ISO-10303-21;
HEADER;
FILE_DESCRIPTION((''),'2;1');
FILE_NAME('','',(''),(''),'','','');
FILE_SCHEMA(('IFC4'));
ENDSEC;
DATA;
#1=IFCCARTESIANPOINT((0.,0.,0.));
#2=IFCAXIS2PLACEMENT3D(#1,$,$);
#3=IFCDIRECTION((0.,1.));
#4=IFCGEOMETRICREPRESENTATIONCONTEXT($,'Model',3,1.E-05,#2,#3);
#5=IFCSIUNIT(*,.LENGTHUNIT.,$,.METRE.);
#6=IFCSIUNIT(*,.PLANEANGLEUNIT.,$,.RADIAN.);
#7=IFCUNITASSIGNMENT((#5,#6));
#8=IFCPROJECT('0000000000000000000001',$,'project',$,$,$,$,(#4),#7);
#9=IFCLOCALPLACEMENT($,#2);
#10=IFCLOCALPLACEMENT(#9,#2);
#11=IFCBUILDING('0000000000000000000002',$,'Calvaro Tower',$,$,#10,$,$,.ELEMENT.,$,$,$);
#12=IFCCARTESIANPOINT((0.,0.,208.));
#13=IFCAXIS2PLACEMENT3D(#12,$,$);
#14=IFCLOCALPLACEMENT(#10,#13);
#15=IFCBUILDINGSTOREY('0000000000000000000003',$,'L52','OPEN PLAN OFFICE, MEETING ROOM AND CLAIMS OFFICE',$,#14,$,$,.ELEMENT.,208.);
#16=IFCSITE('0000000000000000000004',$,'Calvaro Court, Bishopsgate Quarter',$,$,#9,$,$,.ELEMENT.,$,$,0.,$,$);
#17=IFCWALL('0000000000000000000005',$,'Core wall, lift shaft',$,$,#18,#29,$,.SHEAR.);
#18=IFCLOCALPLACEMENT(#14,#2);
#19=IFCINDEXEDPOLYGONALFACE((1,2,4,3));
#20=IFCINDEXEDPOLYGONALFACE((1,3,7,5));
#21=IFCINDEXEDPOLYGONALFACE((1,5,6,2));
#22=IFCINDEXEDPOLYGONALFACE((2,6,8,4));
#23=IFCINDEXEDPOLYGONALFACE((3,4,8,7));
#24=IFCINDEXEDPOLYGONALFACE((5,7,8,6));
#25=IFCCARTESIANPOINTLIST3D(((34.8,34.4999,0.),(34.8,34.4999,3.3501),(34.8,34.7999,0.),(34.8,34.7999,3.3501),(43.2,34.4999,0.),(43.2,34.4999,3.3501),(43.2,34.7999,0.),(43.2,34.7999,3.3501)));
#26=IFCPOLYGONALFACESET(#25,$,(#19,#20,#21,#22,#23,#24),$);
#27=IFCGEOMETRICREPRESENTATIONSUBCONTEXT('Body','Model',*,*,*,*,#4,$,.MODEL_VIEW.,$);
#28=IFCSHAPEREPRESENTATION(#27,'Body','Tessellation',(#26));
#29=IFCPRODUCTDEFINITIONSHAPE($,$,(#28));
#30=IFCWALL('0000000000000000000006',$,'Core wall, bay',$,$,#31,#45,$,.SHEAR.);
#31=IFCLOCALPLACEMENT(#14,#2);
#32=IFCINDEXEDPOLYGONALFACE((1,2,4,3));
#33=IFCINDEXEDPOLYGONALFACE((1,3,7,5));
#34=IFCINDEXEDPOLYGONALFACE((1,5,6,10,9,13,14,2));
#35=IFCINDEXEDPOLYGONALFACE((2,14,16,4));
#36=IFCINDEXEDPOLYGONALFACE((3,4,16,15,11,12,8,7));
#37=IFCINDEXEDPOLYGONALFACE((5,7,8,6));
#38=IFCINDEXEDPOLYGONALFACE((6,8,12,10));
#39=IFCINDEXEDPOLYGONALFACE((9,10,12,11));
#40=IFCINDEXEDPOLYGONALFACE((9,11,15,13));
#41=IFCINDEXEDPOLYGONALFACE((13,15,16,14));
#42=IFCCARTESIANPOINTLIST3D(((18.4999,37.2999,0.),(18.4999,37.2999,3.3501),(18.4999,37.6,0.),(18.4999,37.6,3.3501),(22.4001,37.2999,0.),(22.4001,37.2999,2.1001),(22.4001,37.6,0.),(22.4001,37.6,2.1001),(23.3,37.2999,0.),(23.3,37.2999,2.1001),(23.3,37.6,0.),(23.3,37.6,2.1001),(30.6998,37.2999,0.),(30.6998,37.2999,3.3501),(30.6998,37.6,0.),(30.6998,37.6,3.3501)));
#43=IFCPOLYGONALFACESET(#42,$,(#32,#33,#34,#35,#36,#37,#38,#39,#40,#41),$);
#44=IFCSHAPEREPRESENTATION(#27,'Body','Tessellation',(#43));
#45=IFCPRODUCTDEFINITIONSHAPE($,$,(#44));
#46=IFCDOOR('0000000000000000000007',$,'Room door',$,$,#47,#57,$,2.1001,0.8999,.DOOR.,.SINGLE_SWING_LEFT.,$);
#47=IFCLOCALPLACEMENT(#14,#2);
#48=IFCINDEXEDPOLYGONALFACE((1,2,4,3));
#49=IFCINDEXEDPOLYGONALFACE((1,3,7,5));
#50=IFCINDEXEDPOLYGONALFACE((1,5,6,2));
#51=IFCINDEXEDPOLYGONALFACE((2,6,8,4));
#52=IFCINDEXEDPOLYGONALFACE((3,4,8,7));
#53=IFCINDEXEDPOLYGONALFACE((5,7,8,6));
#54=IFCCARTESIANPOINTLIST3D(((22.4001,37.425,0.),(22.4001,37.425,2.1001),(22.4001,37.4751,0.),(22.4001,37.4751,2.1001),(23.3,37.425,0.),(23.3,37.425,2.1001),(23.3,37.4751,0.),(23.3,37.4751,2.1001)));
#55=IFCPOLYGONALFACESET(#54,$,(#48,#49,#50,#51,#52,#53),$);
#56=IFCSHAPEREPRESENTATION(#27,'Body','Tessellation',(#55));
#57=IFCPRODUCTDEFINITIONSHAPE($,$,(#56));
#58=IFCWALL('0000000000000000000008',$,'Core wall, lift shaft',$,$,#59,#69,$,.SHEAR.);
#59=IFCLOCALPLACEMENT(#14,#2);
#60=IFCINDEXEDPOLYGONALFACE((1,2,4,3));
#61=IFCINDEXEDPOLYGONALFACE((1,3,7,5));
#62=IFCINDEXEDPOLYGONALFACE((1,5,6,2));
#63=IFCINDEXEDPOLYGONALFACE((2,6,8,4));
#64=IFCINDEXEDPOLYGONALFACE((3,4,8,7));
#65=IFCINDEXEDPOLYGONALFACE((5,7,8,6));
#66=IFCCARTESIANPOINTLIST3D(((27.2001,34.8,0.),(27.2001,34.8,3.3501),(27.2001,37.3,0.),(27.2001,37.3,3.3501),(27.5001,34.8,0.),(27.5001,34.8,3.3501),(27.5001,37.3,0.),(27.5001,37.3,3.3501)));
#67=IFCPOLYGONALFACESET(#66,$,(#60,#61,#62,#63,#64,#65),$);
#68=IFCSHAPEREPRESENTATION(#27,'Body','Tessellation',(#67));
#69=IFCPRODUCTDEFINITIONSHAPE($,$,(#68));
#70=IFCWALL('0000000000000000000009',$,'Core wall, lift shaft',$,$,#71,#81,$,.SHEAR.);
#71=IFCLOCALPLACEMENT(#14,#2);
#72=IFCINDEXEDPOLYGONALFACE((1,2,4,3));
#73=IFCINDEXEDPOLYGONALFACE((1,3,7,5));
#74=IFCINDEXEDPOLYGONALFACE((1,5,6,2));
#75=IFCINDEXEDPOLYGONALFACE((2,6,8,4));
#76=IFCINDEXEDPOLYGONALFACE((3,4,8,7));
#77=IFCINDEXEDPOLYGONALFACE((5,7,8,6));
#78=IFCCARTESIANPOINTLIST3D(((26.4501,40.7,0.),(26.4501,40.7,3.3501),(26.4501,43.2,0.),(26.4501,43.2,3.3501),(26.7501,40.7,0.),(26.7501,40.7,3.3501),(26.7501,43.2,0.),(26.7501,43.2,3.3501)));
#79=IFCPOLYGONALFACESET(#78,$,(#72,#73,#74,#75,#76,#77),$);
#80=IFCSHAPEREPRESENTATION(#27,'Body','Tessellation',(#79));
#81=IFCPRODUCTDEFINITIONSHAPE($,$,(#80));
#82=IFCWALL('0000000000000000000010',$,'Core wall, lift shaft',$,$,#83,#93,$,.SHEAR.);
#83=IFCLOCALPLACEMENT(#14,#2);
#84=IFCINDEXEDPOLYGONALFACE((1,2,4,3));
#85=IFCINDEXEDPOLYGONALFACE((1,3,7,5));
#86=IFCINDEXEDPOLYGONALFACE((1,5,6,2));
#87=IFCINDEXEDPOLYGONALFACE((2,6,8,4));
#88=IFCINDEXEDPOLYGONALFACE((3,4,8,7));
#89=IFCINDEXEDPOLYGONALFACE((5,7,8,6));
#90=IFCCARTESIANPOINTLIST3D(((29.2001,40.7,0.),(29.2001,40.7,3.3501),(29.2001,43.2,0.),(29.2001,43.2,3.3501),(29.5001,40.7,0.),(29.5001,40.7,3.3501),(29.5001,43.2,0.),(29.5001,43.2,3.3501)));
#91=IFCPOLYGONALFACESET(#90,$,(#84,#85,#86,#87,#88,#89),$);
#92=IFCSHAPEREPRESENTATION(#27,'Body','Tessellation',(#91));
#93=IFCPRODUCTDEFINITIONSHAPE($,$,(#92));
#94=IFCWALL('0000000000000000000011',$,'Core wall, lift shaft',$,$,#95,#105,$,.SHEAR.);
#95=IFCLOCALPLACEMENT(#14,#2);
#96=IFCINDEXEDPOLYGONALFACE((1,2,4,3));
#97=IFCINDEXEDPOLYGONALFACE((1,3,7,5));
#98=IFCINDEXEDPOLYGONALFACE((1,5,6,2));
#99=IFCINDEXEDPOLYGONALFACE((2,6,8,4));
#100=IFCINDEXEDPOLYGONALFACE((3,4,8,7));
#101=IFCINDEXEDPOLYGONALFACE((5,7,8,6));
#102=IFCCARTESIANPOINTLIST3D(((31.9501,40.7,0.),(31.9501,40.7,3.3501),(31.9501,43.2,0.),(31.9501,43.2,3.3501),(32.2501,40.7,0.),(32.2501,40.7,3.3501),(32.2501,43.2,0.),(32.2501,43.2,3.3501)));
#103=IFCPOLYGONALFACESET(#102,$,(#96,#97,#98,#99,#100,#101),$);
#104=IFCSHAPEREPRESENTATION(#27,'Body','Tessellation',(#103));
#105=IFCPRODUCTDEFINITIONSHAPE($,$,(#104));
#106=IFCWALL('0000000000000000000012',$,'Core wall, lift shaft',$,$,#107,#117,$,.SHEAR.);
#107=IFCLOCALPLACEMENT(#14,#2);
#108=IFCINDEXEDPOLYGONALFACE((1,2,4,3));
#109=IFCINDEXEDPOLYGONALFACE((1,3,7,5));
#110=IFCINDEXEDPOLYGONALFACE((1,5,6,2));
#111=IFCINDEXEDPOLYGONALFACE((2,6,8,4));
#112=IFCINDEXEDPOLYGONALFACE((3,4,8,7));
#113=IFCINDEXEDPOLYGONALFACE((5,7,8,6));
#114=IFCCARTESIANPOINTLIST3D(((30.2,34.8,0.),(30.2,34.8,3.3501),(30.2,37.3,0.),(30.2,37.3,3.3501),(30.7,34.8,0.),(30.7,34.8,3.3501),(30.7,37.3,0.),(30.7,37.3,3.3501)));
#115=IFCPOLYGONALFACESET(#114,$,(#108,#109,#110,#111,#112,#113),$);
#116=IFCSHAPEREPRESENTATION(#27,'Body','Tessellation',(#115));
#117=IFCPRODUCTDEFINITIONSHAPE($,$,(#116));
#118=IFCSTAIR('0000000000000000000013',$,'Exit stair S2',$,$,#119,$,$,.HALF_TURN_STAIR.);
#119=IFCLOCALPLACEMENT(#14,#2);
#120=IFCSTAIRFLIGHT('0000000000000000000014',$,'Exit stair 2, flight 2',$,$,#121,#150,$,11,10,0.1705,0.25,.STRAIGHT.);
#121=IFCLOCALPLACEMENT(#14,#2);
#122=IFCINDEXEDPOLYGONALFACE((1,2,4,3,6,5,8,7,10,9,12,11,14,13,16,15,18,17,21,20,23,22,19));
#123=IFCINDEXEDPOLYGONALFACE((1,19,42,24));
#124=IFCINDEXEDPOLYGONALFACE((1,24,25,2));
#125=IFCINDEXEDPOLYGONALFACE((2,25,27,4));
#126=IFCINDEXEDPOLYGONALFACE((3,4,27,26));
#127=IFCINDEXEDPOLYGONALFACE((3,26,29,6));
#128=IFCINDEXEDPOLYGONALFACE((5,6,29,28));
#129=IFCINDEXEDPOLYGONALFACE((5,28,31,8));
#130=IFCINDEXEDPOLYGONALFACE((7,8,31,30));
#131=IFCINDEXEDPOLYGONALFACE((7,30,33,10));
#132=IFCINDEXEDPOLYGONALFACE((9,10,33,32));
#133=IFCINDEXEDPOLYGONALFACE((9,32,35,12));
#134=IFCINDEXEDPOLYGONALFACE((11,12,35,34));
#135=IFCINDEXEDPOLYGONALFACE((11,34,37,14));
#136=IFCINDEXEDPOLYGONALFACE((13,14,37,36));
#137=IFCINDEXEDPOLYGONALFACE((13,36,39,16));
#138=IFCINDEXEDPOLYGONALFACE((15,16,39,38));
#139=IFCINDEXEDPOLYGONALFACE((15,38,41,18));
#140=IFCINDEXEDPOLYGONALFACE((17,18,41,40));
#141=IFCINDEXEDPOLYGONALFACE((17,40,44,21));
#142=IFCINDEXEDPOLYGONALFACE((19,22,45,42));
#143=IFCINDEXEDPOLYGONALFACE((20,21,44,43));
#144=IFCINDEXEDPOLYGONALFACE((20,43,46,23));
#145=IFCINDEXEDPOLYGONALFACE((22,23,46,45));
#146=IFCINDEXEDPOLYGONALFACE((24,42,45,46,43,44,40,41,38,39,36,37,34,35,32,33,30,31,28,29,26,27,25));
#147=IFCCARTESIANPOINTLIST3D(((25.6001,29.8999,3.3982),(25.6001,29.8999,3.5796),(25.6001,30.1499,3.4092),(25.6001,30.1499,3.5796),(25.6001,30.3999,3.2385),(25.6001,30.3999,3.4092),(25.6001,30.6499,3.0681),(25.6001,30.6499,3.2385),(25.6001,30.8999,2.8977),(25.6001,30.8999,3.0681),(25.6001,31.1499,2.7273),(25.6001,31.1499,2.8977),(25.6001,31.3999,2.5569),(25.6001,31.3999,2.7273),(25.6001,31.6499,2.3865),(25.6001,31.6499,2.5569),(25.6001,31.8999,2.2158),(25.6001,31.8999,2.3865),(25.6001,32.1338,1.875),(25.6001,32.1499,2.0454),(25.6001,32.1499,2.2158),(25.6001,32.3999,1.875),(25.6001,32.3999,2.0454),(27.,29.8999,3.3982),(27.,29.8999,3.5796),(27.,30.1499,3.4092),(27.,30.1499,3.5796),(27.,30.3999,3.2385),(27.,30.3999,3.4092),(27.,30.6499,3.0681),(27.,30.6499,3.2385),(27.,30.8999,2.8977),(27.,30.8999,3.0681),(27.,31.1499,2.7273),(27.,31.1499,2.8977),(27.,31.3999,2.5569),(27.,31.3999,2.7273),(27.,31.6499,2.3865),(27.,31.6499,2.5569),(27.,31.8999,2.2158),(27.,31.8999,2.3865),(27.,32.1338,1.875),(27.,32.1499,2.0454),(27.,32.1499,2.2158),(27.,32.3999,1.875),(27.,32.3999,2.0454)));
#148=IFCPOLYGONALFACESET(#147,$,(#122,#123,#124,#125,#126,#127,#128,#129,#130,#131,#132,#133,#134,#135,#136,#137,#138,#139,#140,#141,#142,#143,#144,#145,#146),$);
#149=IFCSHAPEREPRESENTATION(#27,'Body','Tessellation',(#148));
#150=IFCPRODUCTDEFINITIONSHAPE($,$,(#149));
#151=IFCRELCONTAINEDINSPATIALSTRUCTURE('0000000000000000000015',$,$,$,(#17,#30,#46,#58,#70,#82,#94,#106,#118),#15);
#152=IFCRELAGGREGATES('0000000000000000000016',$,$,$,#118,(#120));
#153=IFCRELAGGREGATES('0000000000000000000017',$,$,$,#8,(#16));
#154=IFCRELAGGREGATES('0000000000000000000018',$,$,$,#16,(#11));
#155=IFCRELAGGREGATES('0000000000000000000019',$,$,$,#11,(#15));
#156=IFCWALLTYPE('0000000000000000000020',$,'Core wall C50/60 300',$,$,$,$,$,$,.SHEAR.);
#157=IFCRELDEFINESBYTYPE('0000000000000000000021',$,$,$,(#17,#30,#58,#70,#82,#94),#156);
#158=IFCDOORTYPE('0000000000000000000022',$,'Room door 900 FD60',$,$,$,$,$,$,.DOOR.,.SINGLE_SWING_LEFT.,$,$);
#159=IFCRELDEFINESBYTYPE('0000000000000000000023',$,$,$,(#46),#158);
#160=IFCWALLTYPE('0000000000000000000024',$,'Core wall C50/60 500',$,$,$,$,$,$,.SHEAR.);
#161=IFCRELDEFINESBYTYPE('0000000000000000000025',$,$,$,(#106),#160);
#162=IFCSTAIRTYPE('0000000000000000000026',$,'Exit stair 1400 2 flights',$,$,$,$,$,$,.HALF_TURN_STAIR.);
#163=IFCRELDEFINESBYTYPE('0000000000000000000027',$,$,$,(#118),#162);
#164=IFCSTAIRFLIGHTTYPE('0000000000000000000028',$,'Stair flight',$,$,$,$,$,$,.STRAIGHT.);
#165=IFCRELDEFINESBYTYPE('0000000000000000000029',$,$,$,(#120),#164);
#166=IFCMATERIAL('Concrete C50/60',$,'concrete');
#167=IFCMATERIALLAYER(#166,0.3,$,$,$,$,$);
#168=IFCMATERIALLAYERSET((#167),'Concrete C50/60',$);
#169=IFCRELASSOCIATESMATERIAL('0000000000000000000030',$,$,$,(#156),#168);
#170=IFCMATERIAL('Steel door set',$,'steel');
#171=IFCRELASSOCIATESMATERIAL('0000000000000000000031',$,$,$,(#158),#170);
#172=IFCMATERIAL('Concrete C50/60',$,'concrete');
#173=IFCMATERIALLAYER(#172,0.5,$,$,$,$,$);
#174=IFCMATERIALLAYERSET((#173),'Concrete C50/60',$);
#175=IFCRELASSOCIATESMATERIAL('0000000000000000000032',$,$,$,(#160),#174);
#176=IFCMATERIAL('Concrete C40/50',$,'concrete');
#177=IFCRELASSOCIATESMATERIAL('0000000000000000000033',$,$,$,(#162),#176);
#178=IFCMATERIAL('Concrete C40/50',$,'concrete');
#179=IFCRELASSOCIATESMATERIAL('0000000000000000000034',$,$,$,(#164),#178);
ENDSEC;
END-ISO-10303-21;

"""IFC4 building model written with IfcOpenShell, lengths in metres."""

from ifc_helpers import new_model, si_unit, direction, frame, frame_2d, origin, place, context, subcontext, project, spatial, polyline, rectangle, outline, extrude, material, layer, layer_set, type_object, element, fill, aggregate, save


model = new_model("IFC4")

# Units and contexts
model_context = context("Model", 3, precision=1e-05, world=origin(), true_north=direction((0.0, 1.0)))
body_context = subcontext(model_context, "Body", "Model", "MODEL_VIEW")
ifc_project = project(units=[si_unit("LENGTHUNIT", "METRE"), si_unit("PLANEANGLEUNIT", "RADIAN")], contexts=[model_context])

# Site, building, storey
site_placement = place(None, origin())
site = spatial("IfcSite", under=ifc_project, at=site_placement, Name="Calvaro Court, Bishopsgate Quarter", CompositionType="ELEMENT", RefElevation=0.0)
building_placement = place(site_placement, origin())
building = spatial("IfcBuilding", under=site, at=building_placement, Name="Calvaro Tower", CompositionType="ELEMENT")
storey_placement = place(building_placement, frame((0.0, 0.0, 208.0)))
storey = spatial("IfcBuildingStorey", under=building, at=storey_placement, Name="L52", Description="OPEN PLAN OFFICE, MEETING ROOM AND CLAIMS OFFICE", CompositionType="ELEMENT", Elevation=208.0)

# Wall
ifc_material_1 = material(Name="Concrete C50/60", Category="concrete")
ifc_layer_1 = layer(ifc_material_1, 0.3)
ifc_layer_set_1 = layer_set([ifc_layer_1], Name="Concrete C50/60")
wall_type_1 = type_object("IfcWallType", Name="Core wall C50/60 300", PredefinedType="SHEAR", material=ifc_layer_set_1)
wall_1_placement = place(storey_placement, frame((34.8, 34.6499, 0.0), z_axis=(0.0, 0.0, 1.0), x_axis=(1.0, 0.0, 0.0)))
element("IfcWall", 1, at=wall_1_placement, inside=storey, type_object=wall_type_1, Name="Core wall, lift shaft", PredefinedType="SHEAR", context=body_context, shape_type="SweptSolid", body=[
    extrude(rectangle(XDim=8.3999, YDim=0.3, at=frame_2d((4.2, 0.0))), origin(), (0.0, 0.0, 1.0), 3.3501),
])

# Wall, opening, door
wall_2_placement = place(storey_placement, frame((30.7, 37.45, 0.0), z_axis=(0.0, 0.0, 1.0), x_axis=(-1.0, 0.0, 0.0)))
wall_2 = element("IfcWall", 2, at=wall_2_placement, inside=storey, type_object=wall_type_1, Name="Core wall, bay", PredefinedType="SHEAR", context=body_context, shape_type="SweptSolid", body=[
    extrude(rectangle(XDim=12.2, YDim=0.3, at=frame_2d((6.1001, 0.0))), origin(), (0.0, 0.0, 1.0), 3.3501),
])
opening_placement = place(wall_2_placement, frame((7.3999, 0.0, 0.0)))
opening = element("IfcOpeningElement", 3, at=opening_placement, cuts=wall_2, PredefinedType="OPENING", context=body_context, shape_type="SweptSolid", body=[
    extrude(rectangle(XDim=0.8999, YDim=2.1001, at=frame_2d((0.45, 1.05))), frame((0.0, 0.1599, 0.0), z_axis=(0.0, -1.0, 0.0), x_axis=(1.0, 0.0, 0.0)), (0.0, 0.0, 1.0), 0.3201),
])
ifc_material_2 = material(Name="Steel door set", Category="steel")
door_type = type_object("IfcDoorType", Name="Room door 900 FD60", OperationType="SINGLE_SWING_LEFT", PredefinedType="DOOR", material=ifc_material_2)
door_placement = place(opening_placement, origin())
door = element("IfcDoor", 4, at=door_placement, inside=storey, type_object=door_type, Name="Room door", OperationType="SINGLE_SWING_LEFT", OverallHeight=2.1001, OverallWidth=0.8999, PredefinedType="DOOR", context=body_context, shape_type="SweptSolid", body=[
    extrude(rectangle(XDim=0.8999, YDim=2.1001, at=frame_2d((0.45, 1.05))), frame((0.0, 0.0249, 0.0), z_axis=(0.0, -1.0, 0.0), x_axis=(1.0, 0.0, 0.0)), (0.0, 0.0, 1.0), 0.05),
])
fill(opening, door)

# Walls
for number, where, z_axis, x_axis, name in (
    (5, (27.3501, 34.8, 0.0), (0.0, 0.0, 1.0), (0.0, 1.0, 0.0), "Core wall, lift shaft"),
    (6, (26.6001, 40.7, 0.0), (0.0, 0.0, 1.0), (0.0, 1.0, 0.0), "Core wall, lift shaft"),
    (7, (29.3501, 40.7, 0.0), (0.0, 0.0, 1.0), (0.0, 1.0, 0.0), "Core wall, lift shaft"),
    (8, (32.1001, 40.7, 0.0), (0.0, 0.0, 1.0), (0.0, 1.0, 0.0), "Core wall, lift shaft"),
):
    element("IfcWall", number, at=place(storey_placement, frame(where, z_axis=z_axis, x_axis=x_axis)), inside=storey, type_object=wall_type_1, Name=name, PredefinedType="SHEAR", context=body_context, shape_type="SweptSolid", body=[
        extrude(rectangle(XDim=2.5, YDim=0.3, at=frame_2d((1.25, 0.0))), origin(), (0.0, 0.0, 1.0), 3.3501),
    ])
ifc_material_3 = material(Name="Concrete C50/60", Category="concrete")
ifc_layer_2 = layer(ifc_material_3, 0.5)
ifc_layer_set_2 = layer_set([ifc_layer_2], Name="Concrete C50/60")
wall_type_2 = type_object("IfcWallType", Name="Core wall C50/60 500", PredefinedType="SHEAR", material=ifc_layer_set_2)
wall_3_placement = place(storey_placement, frame((30.45, 34.8, 0.0), z_axis=(0.0, 0.0, 1.0), x_axis=(0.0, 1.0, 0.0)))
element("IfcWall", 9, at=wall_3_placement, inside=storey, type_object=wall_type_2, Name="Core wall, lift shaft", PredefinedType="SHEAR", context=body_context, shape_type="SweptSolid", body=[
    extrude(rectangle(XDim=2.5, YDim=0.5, at=frame_2d((1.25, 0.0))), origin(), (0.0, 0.0, 1.0), 3.3501),
])

# Stair, stair flight
ifc_material_4 = material(Name="Concrete C40/50", Category="concrete")
stair_type = type_object("IfcStairType", Name="Exit stair 1400 2 flights", PredefinedType="HALF_TURN_STAIR", material=ifc_material_4)
stair_placement = place(storey_placement, origin())
stair = element("IfcStair", 10, at=stair_placement, inside=storey, type_object=stair_type, Name="Exit stair S2", PredefinedType="HALF_TURN_STAIR")
ifc_material_5 = material(Name="Concrete C40/50", Category="concrete")
stair_flight_type = type_object("IfcStairFlightType", Name="Stair flight", PredefinedType="STRAIGHT", material=ifc_material_5)
stair_flight_placement = place(storey_placement, frame((26.3, 32.3999, 1.875), z_axis=(0.0, 0.0, 1.0), x_axis=(0.0, -1.0, 0.0)))
stair_flight = element("IfcStairFlight", 11, at=stair_flight_placement, type_object=stair_flight_type, Name="Exit stair 2, flight 2", NumberOfRisers=11, NumberOfTreads=10, PredefinedType="STRAIGHT", RiserHeight=0.1705, TreadLength=0.25, context=body_context, shape_type="SweptSolid", body=[
    extrude(outline(polyline([(0.0, 0.0), (0.0, 0.1704), (0.25, 0.1704), (0.25, 0.3408), (0.5, 0.3408), (0.5, 0.5115), (0.75, 0.5115), (0.75, 0.6819), (1.0, 0.6819), (1.0, 0.8523), (1.25, 0.8523), (1.25, 1.0227), (1.5, 1.0227), (1.5, 1.1931), (1.75, 1.1931), (1.75, 1.3635), (2.0, 1.3635), (2.0, 1.5342), (2.25, 1.5342), (2.25, 1.7046), (2.5, 1.7046), (2.5, 1.875), (2.5, 1.5232), (0.2661, 0.0), (0.0, 0.0)])), frame((0.0, 0.7, 0.0), z_axis=(0.0, -1.0, 0.0), x_axis=(1.0, 0.0, 0.0)), (0.0, 0.0, 1.0), 1.3999),
])
aggregate(stair, [stair_flight])

save(model, "model.ifc")
